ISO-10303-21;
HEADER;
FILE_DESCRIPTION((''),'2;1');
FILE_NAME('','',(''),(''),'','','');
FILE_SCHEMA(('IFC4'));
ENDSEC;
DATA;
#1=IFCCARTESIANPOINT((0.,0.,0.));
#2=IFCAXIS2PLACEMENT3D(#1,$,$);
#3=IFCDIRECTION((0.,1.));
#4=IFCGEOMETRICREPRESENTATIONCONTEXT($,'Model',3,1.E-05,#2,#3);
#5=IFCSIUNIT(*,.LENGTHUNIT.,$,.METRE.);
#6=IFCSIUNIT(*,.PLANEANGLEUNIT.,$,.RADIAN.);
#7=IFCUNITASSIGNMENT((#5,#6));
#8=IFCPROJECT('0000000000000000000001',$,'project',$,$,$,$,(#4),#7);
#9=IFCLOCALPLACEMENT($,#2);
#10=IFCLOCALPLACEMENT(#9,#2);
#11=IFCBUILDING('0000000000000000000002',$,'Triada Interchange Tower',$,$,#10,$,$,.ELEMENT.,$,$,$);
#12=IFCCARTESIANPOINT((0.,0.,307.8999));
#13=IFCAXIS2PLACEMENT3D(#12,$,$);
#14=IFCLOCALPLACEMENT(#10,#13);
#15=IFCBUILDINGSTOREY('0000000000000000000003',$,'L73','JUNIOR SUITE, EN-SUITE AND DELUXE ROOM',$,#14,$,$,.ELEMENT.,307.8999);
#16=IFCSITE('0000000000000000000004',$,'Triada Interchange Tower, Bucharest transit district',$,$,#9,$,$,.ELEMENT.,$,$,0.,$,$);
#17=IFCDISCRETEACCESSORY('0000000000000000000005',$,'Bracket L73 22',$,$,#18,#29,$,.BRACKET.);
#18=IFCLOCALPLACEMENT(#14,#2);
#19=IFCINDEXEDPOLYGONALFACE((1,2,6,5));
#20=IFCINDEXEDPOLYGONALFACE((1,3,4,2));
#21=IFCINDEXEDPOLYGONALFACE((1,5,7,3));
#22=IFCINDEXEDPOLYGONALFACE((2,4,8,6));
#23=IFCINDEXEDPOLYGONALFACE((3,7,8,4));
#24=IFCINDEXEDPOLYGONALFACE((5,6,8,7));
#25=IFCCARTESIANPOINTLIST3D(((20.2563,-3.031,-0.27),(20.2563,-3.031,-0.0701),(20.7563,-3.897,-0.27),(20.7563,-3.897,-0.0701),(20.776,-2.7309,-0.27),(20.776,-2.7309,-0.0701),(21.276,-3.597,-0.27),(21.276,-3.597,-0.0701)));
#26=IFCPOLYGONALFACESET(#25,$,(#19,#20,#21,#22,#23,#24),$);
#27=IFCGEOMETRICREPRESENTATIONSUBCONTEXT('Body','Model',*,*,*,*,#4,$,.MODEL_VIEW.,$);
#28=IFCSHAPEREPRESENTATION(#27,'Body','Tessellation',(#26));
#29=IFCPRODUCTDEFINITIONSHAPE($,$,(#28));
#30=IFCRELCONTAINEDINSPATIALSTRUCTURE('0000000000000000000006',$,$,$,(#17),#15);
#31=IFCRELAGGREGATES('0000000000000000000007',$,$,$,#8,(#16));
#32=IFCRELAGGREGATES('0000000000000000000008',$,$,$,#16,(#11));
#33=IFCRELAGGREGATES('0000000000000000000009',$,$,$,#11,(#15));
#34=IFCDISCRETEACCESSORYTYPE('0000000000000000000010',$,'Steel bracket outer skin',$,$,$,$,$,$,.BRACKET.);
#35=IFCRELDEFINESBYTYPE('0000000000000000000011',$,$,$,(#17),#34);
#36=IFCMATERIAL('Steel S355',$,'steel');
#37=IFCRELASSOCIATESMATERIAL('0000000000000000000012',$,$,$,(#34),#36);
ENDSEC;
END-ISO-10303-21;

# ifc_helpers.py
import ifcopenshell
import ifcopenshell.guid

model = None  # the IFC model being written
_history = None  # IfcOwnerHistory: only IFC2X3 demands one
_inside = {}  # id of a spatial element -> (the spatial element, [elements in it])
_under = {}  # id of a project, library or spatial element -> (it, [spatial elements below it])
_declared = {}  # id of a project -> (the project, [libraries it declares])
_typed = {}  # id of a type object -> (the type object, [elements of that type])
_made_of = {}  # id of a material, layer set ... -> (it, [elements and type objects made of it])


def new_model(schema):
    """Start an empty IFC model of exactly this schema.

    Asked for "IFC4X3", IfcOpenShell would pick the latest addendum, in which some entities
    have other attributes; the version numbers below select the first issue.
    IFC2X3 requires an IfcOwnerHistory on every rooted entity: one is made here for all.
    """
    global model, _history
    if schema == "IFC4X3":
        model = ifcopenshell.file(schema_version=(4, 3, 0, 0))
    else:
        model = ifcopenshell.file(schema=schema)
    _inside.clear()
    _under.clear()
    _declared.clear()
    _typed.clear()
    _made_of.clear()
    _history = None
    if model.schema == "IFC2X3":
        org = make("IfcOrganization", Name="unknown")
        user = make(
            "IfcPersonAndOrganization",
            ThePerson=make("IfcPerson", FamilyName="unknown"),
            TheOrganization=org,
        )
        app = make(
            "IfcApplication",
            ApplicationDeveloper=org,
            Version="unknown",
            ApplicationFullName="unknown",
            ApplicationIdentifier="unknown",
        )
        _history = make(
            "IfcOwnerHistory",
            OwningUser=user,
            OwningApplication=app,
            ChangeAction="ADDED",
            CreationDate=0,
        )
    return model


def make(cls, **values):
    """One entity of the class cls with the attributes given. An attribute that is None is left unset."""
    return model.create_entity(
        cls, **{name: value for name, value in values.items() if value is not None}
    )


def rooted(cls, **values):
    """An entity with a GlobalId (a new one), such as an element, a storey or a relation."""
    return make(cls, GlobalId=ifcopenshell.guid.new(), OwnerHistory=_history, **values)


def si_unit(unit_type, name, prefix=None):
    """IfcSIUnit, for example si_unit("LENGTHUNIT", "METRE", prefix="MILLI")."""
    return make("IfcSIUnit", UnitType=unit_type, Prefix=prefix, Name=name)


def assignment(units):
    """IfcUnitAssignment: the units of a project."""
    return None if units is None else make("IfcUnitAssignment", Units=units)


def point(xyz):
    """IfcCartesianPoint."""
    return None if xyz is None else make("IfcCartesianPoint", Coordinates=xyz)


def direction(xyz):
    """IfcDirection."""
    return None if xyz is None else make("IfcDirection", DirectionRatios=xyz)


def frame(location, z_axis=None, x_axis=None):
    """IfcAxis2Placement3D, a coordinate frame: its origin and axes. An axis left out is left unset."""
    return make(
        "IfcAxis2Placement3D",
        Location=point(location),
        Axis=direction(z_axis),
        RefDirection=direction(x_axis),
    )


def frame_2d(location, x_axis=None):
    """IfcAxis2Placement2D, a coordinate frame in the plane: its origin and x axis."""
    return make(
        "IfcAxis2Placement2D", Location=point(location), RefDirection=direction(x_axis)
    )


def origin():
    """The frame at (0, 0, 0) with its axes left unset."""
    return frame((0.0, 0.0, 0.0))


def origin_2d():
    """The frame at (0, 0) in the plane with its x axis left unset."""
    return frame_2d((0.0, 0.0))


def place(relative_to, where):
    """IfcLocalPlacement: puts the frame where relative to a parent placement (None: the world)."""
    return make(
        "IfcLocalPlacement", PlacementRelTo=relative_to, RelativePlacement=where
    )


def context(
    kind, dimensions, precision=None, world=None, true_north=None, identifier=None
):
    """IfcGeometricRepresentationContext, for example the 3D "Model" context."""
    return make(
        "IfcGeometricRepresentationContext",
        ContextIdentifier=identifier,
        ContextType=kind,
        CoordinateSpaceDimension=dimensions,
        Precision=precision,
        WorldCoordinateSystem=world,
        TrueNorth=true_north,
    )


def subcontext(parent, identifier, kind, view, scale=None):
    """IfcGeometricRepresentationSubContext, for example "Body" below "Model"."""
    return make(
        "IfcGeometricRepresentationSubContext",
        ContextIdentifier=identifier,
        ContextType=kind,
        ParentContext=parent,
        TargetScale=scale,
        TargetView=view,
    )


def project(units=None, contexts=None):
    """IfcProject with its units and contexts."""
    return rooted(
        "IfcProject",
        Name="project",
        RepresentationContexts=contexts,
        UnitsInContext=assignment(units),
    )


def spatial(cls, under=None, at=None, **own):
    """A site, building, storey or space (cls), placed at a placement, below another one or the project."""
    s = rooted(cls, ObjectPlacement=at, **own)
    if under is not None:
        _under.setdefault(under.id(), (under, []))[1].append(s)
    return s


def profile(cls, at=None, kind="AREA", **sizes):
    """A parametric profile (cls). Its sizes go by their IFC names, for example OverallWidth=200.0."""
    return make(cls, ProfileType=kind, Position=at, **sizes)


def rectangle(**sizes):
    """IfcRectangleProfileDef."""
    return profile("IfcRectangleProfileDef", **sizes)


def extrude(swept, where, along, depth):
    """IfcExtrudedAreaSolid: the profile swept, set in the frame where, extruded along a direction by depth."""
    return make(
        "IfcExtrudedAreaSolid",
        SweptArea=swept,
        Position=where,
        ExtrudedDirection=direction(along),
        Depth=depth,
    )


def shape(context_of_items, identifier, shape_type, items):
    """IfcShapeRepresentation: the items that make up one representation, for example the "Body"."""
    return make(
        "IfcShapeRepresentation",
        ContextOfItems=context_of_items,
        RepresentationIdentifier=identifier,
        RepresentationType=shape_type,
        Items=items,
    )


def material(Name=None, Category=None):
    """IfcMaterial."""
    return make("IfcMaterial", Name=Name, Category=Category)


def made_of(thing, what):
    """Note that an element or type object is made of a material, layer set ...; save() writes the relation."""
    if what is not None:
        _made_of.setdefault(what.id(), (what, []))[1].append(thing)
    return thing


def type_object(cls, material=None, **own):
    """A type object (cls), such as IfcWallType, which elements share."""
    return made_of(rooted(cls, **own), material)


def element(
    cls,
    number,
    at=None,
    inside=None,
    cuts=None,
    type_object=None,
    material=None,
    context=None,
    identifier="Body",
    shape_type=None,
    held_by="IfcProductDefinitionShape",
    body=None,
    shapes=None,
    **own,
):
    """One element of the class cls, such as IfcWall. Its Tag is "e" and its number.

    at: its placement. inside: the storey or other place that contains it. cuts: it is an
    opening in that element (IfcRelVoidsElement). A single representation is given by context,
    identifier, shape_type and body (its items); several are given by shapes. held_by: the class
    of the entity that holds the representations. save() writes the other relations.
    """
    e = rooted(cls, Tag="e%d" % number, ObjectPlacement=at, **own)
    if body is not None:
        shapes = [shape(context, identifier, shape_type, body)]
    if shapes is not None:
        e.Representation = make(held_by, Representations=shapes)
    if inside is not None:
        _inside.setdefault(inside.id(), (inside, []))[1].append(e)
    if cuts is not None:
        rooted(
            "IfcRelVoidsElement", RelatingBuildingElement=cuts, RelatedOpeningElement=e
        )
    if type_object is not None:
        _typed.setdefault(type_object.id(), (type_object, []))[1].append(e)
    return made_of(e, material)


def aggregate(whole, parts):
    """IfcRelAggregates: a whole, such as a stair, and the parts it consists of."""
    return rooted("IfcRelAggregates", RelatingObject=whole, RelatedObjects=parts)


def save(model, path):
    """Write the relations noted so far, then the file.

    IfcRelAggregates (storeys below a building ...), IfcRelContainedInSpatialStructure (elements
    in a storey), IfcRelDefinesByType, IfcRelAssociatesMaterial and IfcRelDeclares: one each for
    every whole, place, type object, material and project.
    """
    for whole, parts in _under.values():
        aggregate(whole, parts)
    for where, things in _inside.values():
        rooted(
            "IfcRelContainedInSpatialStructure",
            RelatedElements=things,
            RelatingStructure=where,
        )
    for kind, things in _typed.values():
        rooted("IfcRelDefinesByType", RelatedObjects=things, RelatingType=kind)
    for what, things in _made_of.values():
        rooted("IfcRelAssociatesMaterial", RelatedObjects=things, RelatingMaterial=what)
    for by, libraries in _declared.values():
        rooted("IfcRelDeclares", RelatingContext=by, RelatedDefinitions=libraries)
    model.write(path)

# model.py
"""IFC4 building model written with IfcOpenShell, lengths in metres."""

from ifc_helpers import new_model, si_unit, direction, frame, origin, origin_2d, place, context, subcontext, project, spatial, rectangle, extrude, material, type_object, element, save


model = new_model("IFC4")

# Units and contexts
model_context = context("Model", 3, precision=1e-05, world=origin(), true_north=direction((0.0, 1.0)))
body_context = subcontext(model_context, "Body", "Model", "MODEL_VIEW")
ifc_project = project(units=[si_unit("LENGTHUNIT", "METRE"), si_unit("PLANEANGLEUNIT", "RADIAN")], contexts=[model_context])

# Site, building, storey
site_placement = place(None, origin())
site = spatial("IfcSite", under=ifc_project, at=site_placement, Name="Triada Interchange Tower, Bucharest transit district", CompositionType="ELEMENT", RefElevation=0.0)
building_placement = place(site_placement, origin())
building = spatial("IfcBuilding", under=site, at=building_placement, Name="Triada Interchange Tower", CompositionType="ELEMENT")
storey_placement = place(building_placement, frame((0.0, 0.0, 307.8999)))
storey = spatial("IfcBuildingStorey", under=building, at=storey_placement, Name="L73", Description="JUNIOR SUITE, EN-SUITE AND DELUXE ROOM", CompositionType="ELEMENT", Elevation=307.8999)

# Discrete accessory
ifc_material_1 = material(Name="Steel S355", Category="steel")
discrete_accessory_type = type_object("IfcDiscreteAccessoryType", Name="Steel bracket outer skin", PredefinedType="BRACKET", material=ifc_material_1)
for number, where, z_axis, x_axis, name in (
    (1, (20.7661, -3.314, -0.27), (0.0, 0.0, 1.0), (0.866027, 0.499997, 0.0), "Bracket L73 22"),
):
    element("IfcDiscreteAccessory", number, at=place(storey_placement, frame(where, z_axis=z_axis, x_axis=x_axis)), inside=storey, type_object=discrete_accessory_type, Name=name, PredefinedType="BRACKET", context=body_context, shape_type="SweptSolid", body=[
        extrude(rectangle(XDim=0.6001, YDim=1.0, at=origin_2d()), origin(), (0.0, 0.0, 1.0), 0.2),
    ])

save(model, "model.ifc")
